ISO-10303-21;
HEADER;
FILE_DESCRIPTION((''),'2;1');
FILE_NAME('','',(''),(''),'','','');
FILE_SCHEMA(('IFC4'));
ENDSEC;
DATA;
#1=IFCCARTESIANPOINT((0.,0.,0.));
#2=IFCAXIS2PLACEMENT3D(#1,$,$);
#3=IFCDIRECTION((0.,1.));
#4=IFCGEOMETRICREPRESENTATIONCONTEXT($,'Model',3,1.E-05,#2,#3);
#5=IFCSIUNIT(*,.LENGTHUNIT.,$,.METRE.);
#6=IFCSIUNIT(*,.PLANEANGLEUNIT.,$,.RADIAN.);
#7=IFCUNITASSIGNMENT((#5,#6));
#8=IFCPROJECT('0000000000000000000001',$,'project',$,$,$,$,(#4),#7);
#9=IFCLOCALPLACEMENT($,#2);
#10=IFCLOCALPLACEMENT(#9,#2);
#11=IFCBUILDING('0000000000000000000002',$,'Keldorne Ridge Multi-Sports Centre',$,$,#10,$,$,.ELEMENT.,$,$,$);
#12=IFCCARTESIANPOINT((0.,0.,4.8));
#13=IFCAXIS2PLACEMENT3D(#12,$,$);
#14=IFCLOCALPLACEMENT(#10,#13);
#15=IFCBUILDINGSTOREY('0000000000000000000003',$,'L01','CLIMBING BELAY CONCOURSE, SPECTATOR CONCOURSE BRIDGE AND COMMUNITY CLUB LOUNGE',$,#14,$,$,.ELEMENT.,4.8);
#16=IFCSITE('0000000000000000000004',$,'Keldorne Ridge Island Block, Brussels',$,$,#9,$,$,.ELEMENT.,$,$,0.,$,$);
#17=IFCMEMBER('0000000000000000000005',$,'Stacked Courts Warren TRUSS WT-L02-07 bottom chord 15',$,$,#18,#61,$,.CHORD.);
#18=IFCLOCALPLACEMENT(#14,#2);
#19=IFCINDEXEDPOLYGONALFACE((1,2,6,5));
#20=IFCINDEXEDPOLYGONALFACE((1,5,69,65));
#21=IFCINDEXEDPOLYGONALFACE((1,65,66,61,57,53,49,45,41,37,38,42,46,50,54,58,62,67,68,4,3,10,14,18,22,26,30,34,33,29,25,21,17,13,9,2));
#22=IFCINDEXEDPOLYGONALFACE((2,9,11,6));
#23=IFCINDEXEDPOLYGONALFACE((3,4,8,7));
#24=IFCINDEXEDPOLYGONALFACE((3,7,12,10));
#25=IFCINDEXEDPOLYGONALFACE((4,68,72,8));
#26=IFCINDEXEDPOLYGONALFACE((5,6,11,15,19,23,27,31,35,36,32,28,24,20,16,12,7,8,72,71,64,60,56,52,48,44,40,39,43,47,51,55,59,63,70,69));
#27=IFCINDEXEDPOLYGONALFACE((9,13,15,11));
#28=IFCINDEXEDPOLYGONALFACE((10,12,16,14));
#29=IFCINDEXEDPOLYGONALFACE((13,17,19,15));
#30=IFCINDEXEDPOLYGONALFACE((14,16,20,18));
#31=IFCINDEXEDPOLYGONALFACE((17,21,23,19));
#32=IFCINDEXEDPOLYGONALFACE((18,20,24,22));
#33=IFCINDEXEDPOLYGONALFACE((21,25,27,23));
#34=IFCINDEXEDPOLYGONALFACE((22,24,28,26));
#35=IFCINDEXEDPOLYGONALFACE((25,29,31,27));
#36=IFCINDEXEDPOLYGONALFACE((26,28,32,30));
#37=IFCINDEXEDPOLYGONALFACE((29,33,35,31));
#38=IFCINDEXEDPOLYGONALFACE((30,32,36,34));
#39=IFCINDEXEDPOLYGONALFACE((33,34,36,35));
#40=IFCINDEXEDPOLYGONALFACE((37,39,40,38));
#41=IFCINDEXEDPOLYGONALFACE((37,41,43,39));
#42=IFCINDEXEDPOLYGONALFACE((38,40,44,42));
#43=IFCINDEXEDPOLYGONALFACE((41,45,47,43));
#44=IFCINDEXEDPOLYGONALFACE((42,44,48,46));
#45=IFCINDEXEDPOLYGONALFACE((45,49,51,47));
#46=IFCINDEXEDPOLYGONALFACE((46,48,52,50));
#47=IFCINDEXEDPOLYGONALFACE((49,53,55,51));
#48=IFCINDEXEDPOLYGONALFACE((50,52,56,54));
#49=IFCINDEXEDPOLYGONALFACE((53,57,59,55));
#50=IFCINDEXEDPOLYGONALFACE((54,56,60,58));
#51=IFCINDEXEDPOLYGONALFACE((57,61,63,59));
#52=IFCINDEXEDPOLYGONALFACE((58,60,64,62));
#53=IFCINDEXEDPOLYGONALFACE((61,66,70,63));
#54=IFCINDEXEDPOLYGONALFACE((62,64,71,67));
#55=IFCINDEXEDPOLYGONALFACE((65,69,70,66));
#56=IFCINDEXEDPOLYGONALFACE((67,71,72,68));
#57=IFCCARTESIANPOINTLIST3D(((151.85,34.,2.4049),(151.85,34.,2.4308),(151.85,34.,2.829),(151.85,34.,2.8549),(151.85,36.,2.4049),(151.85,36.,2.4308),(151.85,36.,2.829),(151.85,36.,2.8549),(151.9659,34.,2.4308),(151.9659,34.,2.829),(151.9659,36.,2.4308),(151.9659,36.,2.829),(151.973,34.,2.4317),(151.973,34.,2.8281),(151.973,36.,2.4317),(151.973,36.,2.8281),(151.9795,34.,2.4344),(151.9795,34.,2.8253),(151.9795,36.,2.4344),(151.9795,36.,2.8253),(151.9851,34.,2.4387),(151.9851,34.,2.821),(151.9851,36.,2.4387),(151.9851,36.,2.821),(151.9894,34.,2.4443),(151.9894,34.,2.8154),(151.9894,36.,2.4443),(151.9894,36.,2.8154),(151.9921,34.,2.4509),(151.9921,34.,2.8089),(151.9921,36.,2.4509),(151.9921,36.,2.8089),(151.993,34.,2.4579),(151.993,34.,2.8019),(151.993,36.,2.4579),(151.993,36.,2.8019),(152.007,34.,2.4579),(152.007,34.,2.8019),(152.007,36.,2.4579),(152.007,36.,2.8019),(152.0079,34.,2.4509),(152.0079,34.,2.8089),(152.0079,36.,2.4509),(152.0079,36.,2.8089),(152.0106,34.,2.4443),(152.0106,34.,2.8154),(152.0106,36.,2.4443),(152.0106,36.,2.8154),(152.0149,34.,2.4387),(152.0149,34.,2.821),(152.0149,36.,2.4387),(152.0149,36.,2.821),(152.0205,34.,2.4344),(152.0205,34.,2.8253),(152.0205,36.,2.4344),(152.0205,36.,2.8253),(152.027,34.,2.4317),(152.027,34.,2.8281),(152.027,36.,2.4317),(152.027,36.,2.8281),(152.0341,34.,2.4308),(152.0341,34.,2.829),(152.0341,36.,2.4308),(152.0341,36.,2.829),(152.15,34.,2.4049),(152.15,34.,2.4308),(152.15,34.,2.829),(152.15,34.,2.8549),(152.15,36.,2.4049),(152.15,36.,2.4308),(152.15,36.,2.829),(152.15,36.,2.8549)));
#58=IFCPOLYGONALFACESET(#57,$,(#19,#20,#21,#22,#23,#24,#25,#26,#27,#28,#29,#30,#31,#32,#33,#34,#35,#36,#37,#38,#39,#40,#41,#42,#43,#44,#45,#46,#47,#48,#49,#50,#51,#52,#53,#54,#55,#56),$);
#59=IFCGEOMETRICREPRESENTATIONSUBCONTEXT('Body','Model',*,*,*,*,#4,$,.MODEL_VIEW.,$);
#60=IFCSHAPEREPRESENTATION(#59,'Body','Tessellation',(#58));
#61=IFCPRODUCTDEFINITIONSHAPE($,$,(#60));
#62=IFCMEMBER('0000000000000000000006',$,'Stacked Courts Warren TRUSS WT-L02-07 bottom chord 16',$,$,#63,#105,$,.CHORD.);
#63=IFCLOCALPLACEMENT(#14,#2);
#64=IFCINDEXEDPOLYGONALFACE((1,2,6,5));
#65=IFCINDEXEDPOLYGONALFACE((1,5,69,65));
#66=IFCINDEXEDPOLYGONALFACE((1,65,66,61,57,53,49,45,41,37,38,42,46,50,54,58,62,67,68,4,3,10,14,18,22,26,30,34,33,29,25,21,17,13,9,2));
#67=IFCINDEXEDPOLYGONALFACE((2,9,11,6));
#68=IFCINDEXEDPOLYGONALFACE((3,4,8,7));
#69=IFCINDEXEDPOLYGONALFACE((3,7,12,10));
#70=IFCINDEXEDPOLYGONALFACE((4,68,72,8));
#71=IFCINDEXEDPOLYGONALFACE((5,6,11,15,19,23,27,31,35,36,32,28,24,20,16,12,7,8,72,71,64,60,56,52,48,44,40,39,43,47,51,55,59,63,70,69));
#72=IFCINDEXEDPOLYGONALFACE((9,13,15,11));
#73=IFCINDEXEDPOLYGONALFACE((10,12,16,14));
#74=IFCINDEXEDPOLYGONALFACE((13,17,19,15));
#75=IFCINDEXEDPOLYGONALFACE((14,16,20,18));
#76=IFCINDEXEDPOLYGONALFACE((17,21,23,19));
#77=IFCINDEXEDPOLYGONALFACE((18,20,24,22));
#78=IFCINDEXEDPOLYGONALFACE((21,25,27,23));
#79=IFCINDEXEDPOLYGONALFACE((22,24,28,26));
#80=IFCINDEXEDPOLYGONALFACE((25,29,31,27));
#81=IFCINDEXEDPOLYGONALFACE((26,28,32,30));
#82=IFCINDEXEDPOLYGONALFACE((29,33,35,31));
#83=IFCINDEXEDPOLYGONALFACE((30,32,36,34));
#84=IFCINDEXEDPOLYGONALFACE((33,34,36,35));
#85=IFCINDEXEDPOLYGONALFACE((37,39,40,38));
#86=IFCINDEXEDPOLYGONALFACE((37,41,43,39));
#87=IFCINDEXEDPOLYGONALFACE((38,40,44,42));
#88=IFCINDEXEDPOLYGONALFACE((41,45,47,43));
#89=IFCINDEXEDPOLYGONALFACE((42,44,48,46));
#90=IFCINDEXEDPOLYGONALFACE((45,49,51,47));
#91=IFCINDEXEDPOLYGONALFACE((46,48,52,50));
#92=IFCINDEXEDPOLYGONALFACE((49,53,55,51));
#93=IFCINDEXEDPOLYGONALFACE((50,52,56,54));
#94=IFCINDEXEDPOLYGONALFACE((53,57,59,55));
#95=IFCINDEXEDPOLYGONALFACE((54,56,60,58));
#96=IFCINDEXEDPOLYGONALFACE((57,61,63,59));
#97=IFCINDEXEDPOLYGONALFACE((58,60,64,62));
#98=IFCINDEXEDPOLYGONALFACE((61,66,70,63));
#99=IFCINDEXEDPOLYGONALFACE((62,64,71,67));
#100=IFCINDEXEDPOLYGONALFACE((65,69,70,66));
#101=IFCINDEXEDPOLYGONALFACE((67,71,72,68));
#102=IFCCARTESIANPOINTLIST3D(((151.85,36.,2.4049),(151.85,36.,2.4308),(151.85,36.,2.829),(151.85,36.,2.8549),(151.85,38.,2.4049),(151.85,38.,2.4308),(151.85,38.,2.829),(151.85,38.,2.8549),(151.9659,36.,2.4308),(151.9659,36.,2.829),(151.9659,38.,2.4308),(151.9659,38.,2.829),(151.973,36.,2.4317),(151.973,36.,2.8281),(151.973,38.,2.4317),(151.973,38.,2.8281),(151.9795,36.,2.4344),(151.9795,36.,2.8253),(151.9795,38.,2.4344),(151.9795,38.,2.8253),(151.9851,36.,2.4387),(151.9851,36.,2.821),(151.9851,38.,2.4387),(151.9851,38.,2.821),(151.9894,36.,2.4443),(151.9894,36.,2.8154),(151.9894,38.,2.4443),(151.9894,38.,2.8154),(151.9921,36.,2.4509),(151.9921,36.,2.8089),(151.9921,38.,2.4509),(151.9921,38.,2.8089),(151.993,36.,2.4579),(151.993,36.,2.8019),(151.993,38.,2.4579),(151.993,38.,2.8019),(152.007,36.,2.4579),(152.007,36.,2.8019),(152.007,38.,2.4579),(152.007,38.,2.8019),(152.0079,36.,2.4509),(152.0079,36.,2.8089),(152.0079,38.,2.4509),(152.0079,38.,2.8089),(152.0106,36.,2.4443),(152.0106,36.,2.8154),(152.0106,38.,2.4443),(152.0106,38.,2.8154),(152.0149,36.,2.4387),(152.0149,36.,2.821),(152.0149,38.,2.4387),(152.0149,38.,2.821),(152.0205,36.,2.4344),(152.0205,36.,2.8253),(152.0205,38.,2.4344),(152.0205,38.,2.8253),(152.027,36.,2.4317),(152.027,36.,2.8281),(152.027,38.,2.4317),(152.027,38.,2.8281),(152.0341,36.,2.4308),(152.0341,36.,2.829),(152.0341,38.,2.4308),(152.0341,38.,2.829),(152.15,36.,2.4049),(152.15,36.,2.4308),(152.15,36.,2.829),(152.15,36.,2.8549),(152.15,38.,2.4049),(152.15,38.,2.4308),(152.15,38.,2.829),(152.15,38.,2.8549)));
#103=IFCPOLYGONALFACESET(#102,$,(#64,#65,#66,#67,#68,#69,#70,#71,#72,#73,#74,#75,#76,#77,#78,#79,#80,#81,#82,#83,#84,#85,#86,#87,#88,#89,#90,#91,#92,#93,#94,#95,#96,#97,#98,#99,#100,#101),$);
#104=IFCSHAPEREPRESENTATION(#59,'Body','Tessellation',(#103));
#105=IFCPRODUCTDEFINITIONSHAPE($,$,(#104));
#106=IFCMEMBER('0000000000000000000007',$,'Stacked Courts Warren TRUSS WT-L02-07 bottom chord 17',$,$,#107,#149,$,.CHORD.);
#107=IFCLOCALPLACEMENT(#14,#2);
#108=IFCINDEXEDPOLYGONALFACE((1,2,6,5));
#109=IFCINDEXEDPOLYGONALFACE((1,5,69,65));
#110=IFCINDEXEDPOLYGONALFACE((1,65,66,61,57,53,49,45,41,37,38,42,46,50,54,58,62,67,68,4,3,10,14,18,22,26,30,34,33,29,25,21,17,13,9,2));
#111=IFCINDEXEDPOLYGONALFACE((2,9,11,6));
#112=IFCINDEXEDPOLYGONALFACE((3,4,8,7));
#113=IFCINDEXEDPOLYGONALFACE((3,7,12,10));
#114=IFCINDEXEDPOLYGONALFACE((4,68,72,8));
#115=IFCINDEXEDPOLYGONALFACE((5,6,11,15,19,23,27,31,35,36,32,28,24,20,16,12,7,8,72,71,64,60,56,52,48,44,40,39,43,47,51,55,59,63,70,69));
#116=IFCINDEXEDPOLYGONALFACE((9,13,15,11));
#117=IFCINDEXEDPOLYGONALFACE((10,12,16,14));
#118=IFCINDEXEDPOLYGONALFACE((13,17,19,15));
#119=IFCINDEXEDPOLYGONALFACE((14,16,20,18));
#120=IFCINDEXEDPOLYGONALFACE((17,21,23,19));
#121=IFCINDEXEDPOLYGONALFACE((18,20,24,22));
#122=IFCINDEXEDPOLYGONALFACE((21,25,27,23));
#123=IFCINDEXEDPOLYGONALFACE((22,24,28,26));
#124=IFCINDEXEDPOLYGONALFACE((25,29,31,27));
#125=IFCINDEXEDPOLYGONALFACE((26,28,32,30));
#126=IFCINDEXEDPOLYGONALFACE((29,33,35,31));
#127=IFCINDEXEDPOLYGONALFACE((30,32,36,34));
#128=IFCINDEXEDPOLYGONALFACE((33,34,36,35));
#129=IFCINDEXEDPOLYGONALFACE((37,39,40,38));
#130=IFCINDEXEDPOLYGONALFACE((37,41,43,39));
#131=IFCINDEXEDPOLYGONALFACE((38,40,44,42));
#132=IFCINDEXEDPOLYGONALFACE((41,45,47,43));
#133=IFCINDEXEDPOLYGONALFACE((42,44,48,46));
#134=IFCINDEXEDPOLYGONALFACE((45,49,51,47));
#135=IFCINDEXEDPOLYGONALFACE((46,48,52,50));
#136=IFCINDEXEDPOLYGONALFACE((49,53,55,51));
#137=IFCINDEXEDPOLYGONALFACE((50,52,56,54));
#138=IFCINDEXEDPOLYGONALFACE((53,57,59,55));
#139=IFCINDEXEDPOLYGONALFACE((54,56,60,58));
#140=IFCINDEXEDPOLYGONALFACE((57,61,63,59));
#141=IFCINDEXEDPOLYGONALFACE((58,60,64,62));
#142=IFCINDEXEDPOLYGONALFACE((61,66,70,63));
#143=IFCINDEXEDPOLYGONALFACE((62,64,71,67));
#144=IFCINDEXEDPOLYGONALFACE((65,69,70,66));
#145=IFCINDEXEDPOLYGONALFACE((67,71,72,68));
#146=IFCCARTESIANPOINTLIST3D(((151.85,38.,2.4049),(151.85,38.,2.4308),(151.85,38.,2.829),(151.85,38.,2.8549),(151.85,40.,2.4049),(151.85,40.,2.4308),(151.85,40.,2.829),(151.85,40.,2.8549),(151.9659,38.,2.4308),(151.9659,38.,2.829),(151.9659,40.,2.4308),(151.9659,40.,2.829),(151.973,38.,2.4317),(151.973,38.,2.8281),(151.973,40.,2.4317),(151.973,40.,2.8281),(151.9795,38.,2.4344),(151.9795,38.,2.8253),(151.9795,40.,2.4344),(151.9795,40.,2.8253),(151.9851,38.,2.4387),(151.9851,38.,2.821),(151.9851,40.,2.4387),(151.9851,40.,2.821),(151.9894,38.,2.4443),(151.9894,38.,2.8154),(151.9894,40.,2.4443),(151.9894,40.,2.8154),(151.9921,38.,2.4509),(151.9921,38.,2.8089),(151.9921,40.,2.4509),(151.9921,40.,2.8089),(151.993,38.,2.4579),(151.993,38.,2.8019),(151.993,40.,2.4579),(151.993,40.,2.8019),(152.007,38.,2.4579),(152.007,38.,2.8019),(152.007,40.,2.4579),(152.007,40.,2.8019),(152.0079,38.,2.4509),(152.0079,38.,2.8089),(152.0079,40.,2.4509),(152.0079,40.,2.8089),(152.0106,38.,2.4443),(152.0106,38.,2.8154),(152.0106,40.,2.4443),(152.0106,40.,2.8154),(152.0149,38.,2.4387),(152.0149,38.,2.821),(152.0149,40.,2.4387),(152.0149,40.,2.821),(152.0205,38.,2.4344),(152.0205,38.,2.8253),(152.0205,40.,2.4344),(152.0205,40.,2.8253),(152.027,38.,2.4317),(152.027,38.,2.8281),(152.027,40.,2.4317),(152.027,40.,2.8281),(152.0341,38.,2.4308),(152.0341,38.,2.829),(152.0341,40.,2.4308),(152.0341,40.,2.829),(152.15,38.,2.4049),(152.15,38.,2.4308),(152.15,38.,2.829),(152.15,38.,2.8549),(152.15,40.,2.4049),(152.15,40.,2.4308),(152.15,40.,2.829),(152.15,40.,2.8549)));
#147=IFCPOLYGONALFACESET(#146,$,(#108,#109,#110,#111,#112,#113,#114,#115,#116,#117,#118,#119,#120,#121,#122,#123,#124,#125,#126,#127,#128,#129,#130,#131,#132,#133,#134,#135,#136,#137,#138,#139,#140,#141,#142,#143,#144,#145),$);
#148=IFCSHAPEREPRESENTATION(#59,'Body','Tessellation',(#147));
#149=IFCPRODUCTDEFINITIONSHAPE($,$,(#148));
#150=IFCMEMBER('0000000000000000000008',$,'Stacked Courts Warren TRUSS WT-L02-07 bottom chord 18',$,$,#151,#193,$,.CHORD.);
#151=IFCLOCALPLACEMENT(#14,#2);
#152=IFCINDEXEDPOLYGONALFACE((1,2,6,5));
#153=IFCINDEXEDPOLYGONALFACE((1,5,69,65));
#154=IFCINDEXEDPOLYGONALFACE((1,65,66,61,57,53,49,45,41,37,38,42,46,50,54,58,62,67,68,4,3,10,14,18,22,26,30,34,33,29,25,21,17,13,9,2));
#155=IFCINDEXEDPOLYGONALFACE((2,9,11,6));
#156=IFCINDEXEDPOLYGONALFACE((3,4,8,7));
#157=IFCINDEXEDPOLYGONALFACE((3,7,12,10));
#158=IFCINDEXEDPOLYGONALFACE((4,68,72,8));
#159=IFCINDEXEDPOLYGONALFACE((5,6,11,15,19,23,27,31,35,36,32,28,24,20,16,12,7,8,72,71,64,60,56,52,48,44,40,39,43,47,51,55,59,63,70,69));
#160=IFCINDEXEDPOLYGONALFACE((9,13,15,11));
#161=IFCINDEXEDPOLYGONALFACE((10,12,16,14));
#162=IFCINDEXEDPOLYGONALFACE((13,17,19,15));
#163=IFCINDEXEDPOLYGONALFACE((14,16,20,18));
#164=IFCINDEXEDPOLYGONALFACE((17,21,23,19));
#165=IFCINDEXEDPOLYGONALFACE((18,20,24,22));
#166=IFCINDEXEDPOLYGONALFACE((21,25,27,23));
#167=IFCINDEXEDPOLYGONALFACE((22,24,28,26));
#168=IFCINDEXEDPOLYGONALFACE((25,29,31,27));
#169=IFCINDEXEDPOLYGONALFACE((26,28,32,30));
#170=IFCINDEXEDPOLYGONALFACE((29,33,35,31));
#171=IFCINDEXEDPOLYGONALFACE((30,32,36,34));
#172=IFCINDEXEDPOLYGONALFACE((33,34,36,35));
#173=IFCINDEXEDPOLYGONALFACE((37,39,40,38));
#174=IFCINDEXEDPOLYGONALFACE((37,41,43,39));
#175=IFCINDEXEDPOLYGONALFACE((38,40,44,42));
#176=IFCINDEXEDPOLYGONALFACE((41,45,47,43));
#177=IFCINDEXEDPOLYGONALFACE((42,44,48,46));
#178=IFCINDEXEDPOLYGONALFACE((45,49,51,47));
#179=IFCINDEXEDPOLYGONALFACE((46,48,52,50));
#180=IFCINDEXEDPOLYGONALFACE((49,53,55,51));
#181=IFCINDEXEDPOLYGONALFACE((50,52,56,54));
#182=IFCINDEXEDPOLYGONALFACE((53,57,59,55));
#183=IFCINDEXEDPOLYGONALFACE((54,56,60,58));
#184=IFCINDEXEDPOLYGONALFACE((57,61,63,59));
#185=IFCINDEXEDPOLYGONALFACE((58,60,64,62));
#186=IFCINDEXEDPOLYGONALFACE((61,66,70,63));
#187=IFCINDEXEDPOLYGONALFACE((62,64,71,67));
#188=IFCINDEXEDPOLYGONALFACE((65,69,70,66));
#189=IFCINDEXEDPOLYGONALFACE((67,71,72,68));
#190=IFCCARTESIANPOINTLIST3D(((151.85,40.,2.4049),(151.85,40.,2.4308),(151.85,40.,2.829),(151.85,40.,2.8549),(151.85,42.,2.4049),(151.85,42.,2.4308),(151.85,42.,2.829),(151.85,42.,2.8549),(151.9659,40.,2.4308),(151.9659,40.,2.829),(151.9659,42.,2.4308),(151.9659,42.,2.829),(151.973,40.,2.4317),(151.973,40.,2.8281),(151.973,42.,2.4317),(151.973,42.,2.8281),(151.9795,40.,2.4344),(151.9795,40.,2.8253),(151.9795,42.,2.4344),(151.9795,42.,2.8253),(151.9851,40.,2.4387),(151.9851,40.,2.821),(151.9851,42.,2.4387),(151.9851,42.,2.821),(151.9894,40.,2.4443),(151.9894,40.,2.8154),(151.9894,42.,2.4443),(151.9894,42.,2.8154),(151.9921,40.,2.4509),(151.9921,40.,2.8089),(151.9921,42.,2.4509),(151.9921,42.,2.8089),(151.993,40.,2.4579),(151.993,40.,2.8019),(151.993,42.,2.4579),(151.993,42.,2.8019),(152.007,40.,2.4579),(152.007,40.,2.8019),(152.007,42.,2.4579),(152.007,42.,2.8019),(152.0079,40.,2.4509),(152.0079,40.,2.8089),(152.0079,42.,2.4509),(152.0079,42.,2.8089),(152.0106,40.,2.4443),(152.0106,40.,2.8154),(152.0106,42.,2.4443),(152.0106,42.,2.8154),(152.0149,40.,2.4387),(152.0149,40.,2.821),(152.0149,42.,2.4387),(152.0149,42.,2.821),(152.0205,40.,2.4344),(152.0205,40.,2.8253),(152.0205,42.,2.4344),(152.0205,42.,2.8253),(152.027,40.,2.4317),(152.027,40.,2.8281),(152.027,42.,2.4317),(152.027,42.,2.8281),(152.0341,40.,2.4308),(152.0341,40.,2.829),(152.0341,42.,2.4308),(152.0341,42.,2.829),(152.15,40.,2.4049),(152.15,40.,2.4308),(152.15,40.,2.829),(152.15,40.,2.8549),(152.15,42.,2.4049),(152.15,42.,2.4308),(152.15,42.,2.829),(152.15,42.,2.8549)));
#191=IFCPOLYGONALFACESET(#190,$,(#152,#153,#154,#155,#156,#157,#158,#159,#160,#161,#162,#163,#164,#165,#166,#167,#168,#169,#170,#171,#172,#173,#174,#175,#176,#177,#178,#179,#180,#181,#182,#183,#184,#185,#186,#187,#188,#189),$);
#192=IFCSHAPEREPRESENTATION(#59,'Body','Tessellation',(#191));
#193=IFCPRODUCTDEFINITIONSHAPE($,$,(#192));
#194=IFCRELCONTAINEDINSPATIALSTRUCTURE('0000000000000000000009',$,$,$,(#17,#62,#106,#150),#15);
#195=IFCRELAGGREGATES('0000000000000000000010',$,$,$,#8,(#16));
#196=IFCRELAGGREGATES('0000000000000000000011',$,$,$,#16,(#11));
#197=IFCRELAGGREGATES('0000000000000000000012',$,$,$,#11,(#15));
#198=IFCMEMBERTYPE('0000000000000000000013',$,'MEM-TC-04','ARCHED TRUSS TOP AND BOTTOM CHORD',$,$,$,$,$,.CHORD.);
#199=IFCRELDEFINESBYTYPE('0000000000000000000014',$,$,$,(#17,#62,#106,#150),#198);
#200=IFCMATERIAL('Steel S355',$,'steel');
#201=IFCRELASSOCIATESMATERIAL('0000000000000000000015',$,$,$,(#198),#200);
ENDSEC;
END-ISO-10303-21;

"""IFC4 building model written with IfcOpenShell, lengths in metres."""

from ifc_helpers import new_model, si_unit, direction, frame, origin, origin_2d, place, context, subcontext, project, spatial, i_section, extrude, material, material_profile, profile_set, type_object, element, save


model = new_model("IFC4")

# Units and contexts
model_context = context("Model", 3, precision=1e-05, world=origin(), true_north=direction((0.0, 1.0)))
body_context = subcontext(model_context, "Body", "Model", "MODEL_VIEW")
ifc_project = project(units=[si_unit("LENGTHUNIT", "METRE"), si_unit("PLANEANGLEUNIT", "RADIAN")], contexts=[model_context])

# Site, building, storey
site_placement = place(None, origin())
site = spatial("IfcSite", under=ifc_project, at=site_placement, Name="Keldorne Ridge Island Block, Brussels", CompositionType="ELEMENT", RefElevation=0.0)
building_placement = place(site_placement, origin())
building = spatial("IfcBuilding", under=site, at=building_placement, Name="Keldorne Ridge Multi-Sports Centre", CompositionType="ELEMENT")
storey_placement = place(building_placement, frame((0.0, 0.0, 4.8)))
storey = spatial("IfcBuildingStorey", under=building, at=storey_placement, Name="L01", Description="CLIMBING BELAY CONCOURSE, SPECTATOR CONCOURSE BRIDGE AND COMMUNITY CLUB LOUNGE", CompositionType="ELEMENT", Elevation=4.8)

# Members
ifc_material = material(Name="Steel S355", Category="steel")
ifc_material_profile_1 = material_profile(ifc_material, i_section(OverallWidth=0.3, OverallDepth=0.45, WebThickness=0.0139, FlangeThickness=0.0259, FilletRadius=0.0271, at=origin_2d()), Name="HEB 450")
ifc_profile_set_1 = profile_set([ifc_material_profile_1], Name="Steel S355")
member_type_1 = type_object("IfcMemberType", Name="MEM-TC-04", Description="ARCHED TRUSS TOP AND BOTTOM CHORD", PredefinedType="CHORD", material=ifc_profile_set_1)
for number, where, z_axis, x_axis, name in (
    (1, (152.0, 34.0, 2.6299), (0.0, 1.0, 0.0), (-1.0, 0.0, 0.0), "Stacked Courts Warren TRUSS WT-L02-07 bottom chord 15"),
    (2, (152.0, 36.0, 2.6299), (0.0, 1.0, 0.0), (-1.0, 0.0, 0.0), "Stacked Courts Warren TRUSS WT-L02-07 bottom chord 16"),
    (3, (152.0, 38.0, 2.6299), (0.0, 1.0, 0.0), (-1.0, 0.0, 0.0), "Stacked Courts Warren TRUSS WT-L02-07 bottom chord 17"),
    (4, (152.0, 40.0, 2.6299), (0.0, 1.0, 0.0), (-1.0, 0.0, 0.0), "Stacked Courts Warren TRUSS WT-L02-07 bottom chord 18"),
):
    element("IfcMember", number, at=place(storey_placement, frame(where, z_axis=z_axis, x_axis=x_axis)), inside=storey, type_object=member_type_1, Name=name, PredefinedType="CHORD", context=body_context, shape_type="SweptSolid", body=[
        extrude(i_section(OverallWidth=0.3, OverallDepth=0.45, WebThickness=0.0139, FlangeThickness=0.0259, FilletRadius=0.0271, at=origin_2d()), origin(), (0.0, 0.0, 1.0), 2.0),
    ])

save(model, "model.ifc")
